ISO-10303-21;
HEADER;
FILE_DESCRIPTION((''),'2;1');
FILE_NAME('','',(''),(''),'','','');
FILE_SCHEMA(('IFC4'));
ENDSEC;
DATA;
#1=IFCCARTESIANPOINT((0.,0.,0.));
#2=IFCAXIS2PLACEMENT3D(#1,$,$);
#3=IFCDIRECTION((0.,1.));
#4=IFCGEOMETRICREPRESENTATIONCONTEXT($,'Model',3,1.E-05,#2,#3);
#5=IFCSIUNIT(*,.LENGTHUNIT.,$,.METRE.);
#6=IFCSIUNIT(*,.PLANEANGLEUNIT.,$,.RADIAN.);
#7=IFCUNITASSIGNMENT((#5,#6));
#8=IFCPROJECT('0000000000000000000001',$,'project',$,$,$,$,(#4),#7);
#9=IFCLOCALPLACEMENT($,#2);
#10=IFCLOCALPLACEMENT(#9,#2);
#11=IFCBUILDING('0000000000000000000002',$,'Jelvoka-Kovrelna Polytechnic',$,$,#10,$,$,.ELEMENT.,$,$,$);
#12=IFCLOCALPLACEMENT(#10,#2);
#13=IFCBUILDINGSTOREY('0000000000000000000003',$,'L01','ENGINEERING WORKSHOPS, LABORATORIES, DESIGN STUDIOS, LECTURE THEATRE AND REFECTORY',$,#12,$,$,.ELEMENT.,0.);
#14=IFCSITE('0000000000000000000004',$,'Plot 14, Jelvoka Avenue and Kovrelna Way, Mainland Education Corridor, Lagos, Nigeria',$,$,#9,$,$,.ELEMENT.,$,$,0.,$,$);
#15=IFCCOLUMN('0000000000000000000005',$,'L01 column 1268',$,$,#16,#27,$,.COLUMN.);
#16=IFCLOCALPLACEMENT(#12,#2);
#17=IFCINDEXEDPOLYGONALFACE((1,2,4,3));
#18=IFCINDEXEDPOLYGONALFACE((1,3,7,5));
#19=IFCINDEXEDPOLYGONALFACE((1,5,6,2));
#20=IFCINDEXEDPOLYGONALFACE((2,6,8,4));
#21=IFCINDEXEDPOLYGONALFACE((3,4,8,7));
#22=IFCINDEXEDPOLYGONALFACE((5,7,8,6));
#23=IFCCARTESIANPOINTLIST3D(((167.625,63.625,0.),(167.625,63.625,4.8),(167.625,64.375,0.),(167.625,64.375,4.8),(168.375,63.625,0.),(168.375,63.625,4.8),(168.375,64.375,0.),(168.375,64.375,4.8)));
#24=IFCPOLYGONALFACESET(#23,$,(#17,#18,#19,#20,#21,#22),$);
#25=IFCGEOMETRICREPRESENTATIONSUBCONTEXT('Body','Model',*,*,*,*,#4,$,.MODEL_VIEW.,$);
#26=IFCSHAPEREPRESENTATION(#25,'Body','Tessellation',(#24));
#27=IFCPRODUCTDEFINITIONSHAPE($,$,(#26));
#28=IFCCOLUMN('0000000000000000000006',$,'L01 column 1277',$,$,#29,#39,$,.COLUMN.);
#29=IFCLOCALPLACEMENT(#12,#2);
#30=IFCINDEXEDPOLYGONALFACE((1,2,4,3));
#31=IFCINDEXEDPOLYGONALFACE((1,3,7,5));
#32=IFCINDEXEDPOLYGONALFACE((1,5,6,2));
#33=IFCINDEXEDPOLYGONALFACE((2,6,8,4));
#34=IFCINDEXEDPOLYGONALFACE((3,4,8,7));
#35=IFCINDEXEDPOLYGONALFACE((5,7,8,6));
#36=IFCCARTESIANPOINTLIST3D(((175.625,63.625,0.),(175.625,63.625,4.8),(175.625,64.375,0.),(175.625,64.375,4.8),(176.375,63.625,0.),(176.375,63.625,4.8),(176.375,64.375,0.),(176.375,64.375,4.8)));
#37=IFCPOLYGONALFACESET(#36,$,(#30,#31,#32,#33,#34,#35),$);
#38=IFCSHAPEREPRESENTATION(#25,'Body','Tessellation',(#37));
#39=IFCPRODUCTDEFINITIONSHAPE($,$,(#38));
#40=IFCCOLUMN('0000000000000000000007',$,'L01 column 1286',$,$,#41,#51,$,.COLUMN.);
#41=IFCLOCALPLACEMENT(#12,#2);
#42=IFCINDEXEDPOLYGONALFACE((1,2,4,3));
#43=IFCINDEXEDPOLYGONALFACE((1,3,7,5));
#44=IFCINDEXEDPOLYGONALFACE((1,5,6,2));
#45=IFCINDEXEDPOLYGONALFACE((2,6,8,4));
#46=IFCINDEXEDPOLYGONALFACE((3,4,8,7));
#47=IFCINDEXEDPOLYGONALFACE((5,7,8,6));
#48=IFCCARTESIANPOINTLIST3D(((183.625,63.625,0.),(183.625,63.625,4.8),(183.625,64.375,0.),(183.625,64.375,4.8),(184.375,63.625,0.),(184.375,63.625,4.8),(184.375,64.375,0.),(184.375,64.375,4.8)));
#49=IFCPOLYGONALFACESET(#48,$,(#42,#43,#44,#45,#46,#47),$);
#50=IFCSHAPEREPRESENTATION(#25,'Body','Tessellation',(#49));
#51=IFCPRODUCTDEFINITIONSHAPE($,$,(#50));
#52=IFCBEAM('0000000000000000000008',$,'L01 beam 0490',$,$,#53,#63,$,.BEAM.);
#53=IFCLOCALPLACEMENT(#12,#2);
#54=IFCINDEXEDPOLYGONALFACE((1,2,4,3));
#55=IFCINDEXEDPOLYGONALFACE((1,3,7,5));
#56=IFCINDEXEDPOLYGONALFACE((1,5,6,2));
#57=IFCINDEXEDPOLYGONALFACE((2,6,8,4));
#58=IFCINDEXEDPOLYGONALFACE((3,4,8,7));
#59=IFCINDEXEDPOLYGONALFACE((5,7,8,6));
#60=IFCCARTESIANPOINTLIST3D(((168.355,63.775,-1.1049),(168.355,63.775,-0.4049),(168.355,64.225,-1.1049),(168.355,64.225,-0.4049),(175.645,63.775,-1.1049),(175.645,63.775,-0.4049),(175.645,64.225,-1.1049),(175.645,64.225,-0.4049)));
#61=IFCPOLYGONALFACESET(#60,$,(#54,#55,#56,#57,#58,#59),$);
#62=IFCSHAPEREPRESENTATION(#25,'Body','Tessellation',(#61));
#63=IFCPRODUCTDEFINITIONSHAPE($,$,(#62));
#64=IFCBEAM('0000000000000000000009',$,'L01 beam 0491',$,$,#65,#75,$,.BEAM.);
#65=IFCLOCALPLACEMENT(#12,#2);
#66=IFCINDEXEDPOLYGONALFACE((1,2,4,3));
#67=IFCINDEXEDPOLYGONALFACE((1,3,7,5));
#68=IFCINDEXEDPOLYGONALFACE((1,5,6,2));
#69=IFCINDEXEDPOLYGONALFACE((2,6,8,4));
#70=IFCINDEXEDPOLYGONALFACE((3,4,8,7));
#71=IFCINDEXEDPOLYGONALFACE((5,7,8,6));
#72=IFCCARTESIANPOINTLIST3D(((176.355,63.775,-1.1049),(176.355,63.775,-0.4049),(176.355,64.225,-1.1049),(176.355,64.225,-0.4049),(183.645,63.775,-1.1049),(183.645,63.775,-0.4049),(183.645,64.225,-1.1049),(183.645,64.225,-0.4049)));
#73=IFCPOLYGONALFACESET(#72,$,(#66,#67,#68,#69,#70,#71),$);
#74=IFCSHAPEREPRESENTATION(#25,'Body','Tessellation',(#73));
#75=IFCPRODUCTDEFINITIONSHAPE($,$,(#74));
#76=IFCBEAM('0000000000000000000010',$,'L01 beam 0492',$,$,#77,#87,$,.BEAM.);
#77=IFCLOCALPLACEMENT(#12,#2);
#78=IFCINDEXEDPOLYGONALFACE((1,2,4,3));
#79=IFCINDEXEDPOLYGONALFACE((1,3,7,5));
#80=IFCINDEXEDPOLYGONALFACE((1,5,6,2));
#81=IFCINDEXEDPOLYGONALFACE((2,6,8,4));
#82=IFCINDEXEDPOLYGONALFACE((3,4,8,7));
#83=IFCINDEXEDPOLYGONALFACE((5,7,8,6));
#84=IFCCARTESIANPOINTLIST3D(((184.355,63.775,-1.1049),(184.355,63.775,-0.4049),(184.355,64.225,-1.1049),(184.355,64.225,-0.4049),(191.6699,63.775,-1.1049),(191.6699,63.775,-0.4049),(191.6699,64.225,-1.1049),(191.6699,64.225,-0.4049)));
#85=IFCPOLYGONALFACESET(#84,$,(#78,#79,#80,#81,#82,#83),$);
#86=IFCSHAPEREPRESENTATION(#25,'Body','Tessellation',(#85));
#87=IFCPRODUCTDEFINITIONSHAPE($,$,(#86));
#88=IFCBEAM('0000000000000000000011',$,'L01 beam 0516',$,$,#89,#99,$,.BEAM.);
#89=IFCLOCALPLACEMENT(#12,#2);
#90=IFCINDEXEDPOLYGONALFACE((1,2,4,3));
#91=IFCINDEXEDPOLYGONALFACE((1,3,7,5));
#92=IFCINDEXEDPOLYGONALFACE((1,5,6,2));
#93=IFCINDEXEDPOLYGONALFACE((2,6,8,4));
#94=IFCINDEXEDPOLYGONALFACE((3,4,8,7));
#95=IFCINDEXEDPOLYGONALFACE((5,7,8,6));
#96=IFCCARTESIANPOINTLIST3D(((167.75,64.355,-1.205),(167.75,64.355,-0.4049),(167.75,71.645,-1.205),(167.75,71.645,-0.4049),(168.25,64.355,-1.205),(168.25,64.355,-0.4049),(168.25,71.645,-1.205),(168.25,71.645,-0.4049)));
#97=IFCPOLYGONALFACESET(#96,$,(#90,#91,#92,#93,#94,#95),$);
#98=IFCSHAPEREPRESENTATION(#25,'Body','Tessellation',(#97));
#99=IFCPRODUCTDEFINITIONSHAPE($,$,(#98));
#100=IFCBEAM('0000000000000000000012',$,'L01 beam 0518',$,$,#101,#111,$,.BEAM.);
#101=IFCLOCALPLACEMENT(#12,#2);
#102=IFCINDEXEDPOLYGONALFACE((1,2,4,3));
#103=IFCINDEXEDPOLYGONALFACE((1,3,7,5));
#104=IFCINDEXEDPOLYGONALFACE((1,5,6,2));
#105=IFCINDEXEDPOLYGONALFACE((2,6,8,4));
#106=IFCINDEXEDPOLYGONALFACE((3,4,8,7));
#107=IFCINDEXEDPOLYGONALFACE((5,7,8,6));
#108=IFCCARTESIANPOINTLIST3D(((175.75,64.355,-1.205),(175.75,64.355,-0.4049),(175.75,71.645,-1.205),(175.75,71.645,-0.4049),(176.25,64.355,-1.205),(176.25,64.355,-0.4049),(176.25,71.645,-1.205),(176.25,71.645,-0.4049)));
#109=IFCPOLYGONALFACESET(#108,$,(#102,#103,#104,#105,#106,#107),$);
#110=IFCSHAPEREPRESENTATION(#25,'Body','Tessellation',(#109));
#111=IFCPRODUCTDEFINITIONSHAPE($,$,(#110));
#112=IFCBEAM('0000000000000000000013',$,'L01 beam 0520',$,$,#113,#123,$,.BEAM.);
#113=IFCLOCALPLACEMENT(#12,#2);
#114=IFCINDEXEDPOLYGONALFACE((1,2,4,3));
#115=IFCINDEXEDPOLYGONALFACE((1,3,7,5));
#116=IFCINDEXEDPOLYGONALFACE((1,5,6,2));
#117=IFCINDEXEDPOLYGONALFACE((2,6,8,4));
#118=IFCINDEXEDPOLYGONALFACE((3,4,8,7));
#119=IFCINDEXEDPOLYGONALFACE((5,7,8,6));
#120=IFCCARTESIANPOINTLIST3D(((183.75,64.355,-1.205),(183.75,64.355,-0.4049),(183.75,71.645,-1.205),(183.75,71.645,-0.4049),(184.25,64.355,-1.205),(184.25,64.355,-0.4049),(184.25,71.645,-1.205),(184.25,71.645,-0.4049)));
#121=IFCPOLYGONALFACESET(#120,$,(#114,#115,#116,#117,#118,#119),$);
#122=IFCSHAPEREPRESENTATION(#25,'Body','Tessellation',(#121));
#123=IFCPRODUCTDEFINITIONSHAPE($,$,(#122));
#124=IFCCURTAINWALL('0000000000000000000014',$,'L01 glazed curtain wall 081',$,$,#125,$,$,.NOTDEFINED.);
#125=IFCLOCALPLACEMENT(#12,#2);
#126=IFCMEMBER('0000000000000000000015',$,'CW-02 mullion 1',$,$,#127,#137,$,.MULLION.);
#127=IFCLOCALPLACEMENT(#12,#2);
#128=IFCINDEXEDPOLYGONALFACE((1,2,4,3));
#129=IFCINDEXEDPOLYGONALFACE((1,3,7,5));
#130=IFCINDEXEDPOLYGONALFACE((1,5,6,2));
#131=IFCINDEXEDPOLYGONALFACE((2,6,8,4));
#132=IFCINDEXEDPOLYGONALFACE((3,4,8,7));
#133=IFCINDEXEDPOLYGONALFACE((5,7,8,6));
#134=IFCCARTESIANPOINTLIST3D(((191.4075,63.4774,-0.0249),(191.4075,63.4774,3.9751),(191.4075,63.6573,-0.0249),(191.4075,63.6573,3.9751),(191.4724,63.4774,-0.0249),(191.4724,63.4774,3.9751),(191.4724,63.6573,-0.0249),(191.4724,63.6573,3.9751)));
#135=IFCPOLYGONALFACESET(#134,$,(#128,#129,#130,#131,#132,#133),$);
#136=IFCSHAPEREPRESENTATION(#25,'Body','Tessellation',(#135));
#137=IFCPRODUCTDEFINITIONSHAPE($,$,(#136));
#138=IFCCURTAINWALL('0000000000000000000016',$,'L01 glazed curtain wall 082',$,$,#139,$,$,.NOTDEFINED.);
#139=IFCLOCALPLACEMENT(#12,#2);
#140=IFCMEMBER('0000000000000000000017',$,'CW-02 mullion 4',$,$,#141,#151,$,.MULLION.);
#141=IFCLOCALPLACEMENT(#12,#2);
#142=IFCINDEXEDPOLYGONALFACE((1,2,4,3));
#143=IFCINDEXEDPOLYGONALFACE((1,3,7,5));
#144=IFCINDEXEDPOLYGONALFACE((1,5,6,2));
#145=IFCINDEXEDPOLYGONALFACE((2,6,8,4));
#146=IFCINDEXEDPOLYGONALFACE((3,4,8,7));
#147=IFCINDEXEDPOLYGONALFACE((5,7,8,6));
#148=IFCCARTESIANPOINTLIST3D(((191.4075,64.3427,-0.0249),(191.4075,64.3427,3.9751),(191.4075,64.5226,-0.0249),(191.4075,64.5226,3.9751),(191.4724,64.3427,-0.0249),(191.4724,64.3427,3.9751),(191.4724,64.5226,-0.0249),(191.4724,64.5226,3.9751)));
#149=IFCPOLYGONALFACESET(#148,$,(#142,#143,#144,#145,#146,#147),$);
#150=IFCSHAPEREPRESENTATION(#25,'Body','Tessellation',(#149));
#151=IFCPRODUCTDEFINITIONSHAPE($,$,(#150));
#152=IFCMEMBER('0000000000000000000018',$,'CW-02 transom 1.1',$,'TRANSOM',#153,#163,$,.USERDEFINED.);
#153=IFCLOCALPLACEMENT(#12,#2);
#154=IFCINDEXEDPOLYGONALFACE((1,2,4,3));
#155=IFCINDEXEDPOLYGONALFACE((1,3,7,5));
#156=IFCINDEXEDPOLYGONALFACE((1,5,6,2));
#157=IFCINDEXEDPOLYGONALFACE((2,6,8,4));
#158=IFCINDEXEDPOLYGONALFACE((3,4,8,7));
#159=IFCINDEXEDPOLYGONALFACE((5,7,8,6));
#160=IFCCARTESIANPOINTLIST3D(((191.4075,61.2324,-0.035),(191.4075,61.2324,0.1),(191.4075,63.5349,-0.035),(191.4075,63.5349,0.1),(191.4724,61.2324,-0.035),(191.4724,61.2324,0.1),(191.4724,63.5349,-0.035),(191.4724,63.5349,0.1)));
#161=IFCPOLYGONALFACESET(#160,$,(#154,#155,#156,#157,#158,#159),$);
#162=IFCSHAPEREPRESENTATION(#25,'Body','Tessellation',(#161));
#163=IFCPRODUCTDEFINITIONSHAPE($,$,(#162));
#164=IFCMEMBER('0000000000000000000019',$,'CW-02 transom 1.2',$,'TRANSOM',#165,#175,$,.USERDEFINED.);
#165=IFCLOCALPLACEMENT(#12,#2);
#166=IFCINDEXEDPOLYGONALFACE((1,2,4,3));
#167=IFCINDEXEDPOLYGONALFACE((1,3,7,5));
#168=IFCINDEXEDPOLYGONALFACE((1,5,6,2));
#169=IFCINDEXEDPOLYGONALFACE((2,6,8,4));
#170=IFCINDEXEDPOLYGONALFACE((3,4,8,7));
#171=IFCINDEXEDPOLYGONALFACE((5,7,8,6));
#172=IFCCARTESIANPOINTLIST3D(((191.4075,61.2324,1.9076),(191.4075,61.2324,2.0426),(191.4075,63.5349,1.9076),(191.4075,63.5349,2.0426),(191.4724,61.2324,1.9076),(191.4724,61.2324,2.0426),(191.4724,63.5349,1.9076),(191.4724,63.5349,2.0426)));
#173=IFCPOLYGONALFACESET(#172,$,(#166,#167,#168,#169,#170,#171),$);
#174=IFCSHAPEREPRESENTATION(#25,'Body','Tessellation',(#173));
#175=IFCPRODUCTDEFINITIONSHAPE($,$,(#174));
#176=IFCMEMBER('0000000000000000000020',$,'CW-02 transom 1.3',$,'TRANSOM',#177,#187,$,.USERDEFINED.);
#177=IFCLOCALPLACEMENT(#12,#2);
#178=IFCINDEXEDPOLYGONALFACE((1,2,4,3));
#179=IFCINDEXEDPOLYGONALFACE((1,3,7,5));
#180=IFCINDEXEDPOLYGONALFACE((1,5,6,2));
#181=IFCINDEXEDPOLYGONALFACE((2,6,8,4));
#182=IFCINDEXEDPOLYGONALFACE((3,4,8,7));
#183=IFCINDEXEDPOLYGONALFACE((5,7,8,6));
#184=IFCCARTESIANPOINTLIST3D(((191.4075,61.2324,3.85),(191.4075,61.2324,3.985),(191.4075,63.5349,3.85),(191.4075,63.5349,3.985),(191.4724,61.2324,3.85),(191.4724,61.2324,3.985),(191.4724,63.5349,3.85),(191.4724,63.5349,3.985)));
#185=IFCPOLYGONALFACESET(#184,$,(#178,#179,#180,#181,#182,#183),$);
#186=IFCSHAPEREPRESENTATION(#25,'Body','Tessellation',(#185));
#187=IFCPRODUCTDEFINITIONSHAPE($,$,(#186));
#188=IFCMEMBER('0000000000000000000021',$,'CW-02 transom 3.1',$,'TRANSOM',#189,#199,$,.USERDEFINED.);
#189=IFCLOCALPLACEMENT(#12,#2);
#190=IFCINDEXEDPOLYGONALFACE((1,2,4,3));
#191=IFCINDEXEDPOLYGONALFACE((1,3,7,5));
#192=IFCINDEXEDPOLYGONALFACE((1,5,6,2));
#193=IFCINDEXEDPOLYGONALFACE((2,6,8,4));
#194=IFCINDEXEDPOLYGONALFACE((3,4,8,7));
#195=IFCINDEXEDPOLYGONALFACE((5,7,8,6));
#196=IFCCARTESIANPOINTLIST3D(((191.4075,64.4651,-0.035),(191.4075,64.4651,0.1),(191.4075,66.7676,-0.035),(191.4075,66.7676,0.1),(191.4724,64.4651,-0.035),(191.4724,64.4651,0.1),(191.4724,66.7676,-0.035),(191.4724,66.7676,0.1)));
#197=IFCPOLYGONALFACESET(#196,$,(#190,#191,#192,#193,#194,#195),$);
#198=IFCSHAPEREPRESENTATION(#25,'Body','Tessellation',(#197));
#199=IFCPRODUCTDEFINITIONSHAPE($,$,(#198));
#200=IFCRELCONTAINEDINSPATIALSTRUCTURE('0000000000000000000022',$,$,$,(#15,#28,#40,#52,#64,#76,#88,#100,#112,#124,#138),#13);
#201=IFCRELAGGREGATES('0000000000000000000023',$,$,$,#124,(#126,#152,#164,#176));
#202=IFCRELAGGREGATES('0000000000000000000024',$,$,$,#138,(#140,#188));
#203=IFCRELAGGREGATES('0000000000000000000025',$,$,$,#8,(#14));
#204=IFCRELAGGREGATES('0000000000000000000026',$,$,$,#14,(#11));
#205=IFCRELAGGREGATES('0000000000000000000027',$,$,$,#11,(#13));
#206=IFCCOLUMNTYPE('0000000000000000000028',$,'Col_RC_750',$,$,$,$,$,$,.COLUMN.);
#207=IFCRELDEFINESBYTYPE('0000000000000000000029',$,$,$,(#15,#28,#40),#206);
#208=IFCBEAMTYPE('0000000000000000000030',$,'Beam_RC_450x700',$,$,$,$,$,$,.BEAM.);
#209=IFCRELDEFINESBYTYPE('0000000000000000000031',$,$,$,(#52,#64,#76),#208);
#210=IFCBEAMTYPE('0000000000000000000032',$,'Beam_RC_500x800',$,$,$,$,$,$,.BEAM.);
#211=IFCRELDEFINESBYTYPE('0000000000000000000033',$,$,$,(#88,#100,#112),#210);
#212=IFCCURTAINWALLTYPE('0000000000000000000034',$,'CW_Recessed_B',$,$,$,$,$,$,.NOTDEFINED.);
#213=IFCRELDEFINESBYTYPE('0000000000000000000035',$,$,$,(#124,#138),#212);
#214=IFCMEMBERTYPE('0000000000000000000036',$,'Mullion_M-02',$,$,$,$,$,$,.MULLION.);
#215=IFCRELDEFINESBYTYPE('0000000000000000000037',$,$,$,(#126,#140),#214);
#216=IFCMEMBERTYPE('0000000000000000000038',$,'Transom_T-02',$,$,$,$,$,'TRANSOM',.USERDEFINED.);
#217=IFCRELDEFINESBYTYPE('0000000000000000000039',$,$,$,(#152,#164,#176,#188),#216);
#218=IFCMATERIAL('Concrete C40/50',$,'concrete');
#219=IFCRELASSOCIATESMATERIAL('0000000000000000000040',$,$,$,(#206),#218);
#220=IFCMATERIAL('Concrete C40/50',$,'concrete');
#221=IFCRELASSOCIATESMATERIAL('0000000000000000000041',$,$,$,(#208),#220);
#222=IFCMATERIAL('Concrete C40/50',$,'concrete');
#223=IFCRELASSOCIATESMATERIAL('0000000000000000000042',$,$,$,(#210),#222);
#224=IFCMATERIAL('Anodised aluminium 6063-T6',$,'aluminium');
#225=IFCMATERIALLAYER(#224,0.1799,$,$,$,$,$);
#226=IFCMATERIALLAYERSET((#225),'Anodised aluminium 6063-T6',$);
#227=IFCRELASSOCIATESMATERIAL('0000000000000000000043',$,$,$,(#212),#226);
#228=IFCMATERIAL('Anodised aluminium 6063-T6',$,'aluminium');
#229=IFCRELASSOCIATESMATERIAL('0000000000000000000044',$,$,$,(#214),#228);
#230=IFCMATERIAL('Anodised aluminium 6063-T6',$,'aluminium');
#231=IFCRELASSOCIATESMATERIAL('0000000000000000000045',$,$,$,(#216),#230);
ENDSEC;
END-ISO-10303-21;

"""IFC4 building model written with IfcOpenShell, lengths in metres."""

from ifc_helpers import new_model, si_unit, direction, frame, origin, origin_2d, place, context, subcontext, project, spatial, rectangle, extrude, material, layer, layer_set, material_profile, profile_set, type_object, element, aggregate, save


model = new_model("IFC4")

# Units and contexts
model_context = context("Model", 3, precision=1e-05, world=origin(), true_north=direction((0.0, 1.0)))
body_context = subcontext(model_context, "Body", "Model", "MODEL_VIEW")
ifc_project = project(units=[si_unit("LENGTHUNIT", "METRE"), si_unit("PLANEANGLEUNIT", "RADIAN")], contexts=[model_context])

# Site, building, storey
site_placement = place(None, origin())
site = spatial("IfcSite", under=ifc_project, at=site_placement, Name="Plot 14, Jelvoka Avenue and Kovrelna Way, Mainland Education Corridor, Lagos, Nigeria", CompositionType="ELEMENT", RefElevation=0.0)
building_placement = place(site_placement, origin())
building = spatial("IfcBuilding", under=site, at=building_placement, Name="Jelvoka-Kovrelna Polytechnic", CompositionType="ELEMENT")
storey_placement = place(building_placement, origin())
storey = spatial("IfcBuildingStorey", under=building, at=storey_placement, Name="L01", Description="ENGINEERING WORKSHOPS, LABORATORIES, DESIGN STUDIOS, LECTURE THEATRE AND REFECTORY", CompositionType="ELEMENT", Elevation=0.0)

# Columns
ifc_material_1 = material(Name="Concrete C40/50", Category="concrete")
ifc_material_profile_1 = material_profile(ifc_material_1, rectangle(XDim=0.75, YDim=0.75, at=origin_2d()), Name="RC 750x750")
ifc_profile_set_1 = profile_set([ifc_material_profile_1], Name="Concrete C40/50")
column_type = type_object("IfcColumnType", Name="Col_RC_750", PredefinedType="COLUMN", material=ifc_profile_set_1)
for number, where, z_axis, x_axis, name in (
    (1, (168.0, 64.0, 0.0), (0.0, 0.0, 1.0), (1.0, 0.0, 0.0), "L01 column 1268"),
    (2, (176.0, 64.0, 0.0), (0.0, 0.0, 1.0), (1.0, 0.0, 0.0), "L01 column 1277"),
    (3, (184.0, 64.0, 0.0), (0.0, 0.0, 1.0), (1.0, 0.0, 0.0), "L01 column 1286"),
):
    element("IfcColumn", number, at=place(storey_placement, frame(where, z_axis=z_axis, x_axis=x_axis)), inside=storey, type_object=column_type, Name=name, PredefinedType="COLUMN", context=body_context, shape_type="SweptSolid", body=[
        extrude(rectangle(XDim=0.75, YDim=0.75, at=origin_2d()), origin(), (0.0, 0.0, 1.0), 4.8),
    ])

# Beams
ifc_material_2 = material(Name="Concrete C40/50", Category="concrete")
ifc_material_profile_2 = material_profile(ifc_material_2, rectangle(XDim=0.45, YDim=0.7, at=origin_2d()), Name="RC 450x700")
ifc_profile_set_2 = profile_set([ifc_material_profile_2], Name="Concrete C40/50")
beam_type_1 = type_object("IfcBeamType", Name="Beam_RC_450x700", PredefinedType="BEAM", material=ifc_profile_set_2)
for number, where, z_axis, x_axis, name in (
    (4, (168.355, 64.0, -0.7549), (1.0, 0.0, 0.0), (0.0, 1.0, 0.0), "L01 beam 0490"),
    (5, (176.355, 64.0, -0.7549), (1.0, 0.0, 0.0), (0.0, 1.0, 0.0), "L01 beam 0491"),
):
    element("IfcBeam", number, at=place(storey_placement, frame(where, z_axis=z_axis, x_axis=x_axis)), inside=storey, type_object=beam_type_1, Name=name, PredefinedType="BEAM", context=body_context, shape_type="SweptSolid", body=[
        extrude(rectangle(XDim=0.45, YDim=0.7, at=origin_2d()), origin(), (0.0, 0.0, 1.0), 7.29),
    ])
beam_placement = place(storey_placement, frame((184.355, 64.0, -0.7549), z_axis=(1.0, 0.0, 0.0), x_axis=(0.0, 1.0, 0.0)))
element("IfcBeam", 6, at=beam_placement, inside=storey, type_object=beam_type_1, Name="L01 beam 0492", PredefinedType="BEAM", context=body_context, shape_type="SweptSolid", body=[
    extrude(rectangle(XDim=0.45, YDim=0.7, at=origin_2d()), origin(), (0.0, 0.0, 1.0), 7.3149),
])
ifc_material_3 = material(Name="Concrete C40/50", Category="concrete")
ifc_material_profile_3 = material_profile(ifc_material_3, rectangle(XDim=0.5, YDim=0.8, at=origin_2d()), Name="RC 500x800")
ifc_profile_set_3 = profile_set([ifc_material_profile_3], Name="Concrete C40/50")
beam_type_2 = type_object("IfcBeamType", Name="Beam_RC_500x800", PredefinedType="BEAM", material=ifc_profile_set_3)
for number, where, z_axis, x_axis, name in (
    (7, (168.0, 64.355, -0.8049), (0.0, 1.0, 0.0), (-1.0, 0.0, 0.0), "L01 beam 0516"),
    (8, (176.0, 64.355, -0.8049), (0.0, 1.0, 0.0), (-1.0, 0.0, 0.0), "L01 beam 0518"),
    (9, (184.0, 64.355, -0.8049), (0.0, 1.0, 0.0), (-1.0, 0.0, 0.0), "L01 beam 0520"),
):
    element("IfcBeam", number, at=place(storey_placement, frame(where, z_axis=z_axis, x_axis=x_axis)), inside=storey, type_object=beam_type_2, Name=name, PredefinedType="BEAM", context=body_context, shape_type="SweptSolid", body=[
        extrude(rectangle(XDim=0.5, YDim=0.8, at=origin_2d()), origin(), (0.0, 0.0, 1.0), 7.29),
    ])

# Curtain walls, members
ifc_material_4 = material(Name="Anodised aluminium 6063-T6", Category="aluminium")
ifc_layer_1 = layer(ifc_material_4, 0.1799)
ifc_layer_set_1 = layer_set([ifc_layer_1], Name="Anodised aluminium 6063-T6")
curtain_wall_type = type_object("IfcCurtainWallType", Name="CW_Recessed_B", PredefinedType="NOTDEFINED", material=ifc_layer_set_1)
curtain_wall_1_placement = place(storey_placement, origin())
curtain_wall_1 = element("IfcCurtainWall", 10, at=curtain_wall_1_placement, inside=storey, type_object=curtain_wall_type, Name="L01 glazed curtain wall 081", PredefinedType="NOTDEFINED")
ifc_material_5 = material(Name="Anodised aluminium 6063-T6", Category="aluminium")
ifc_material_profile_4 = material_profile(ifc_material_5, rectangle(XDim=0.0649, YDim=0.1799, at=origin_2d()), Name="ALU 65x180")
ifc_profile_set_4 = profile_set([ifc_material_profile_4], Name="Anodised aluminium 6063-T6")
member_type_1 = type_object("IfcMemberType", Name="Mullion_M-02", PredefinedType="MULLION", material=ifc_profile_set_4)
member_1_placement = place(storey_placement, frame((191.4399, 63.5674, -0.0249), z_axis=(0.0, 0.0, 1.0), x_axis=(1.0, 0.0, 0.0)))
member_1 = element("IfcMember", 11, at=member_1_placement, type_object=member_type_1, Name="CW-02 mullion 1", PredefinedType="MULLION", context=body_context, shape_type="SweptSolid", body=[
    extrude(rectangle(XDim=0.0649, YDim=0.1799, at=origin_2d()), origin(), (0.0, 0.0, 1.0), 4.0),
])
curtain_wall_2_placement = place(storey_placement, origin())
curtain_wall_2 = element("IfcCurtainWall", 12, at=curtain_wall_2_placement, inside=storey, type_object=curtain_wall_type, Name="L01 glazed curtain wall 082", PredefinedType="NOTDEFINED")
member_2_placement = place(storey_placement, frame((191.4399, 64.4326, -0.0249), z_axis=(0.0, 0.0, 1.0), x_axis=(1.0, 0.0, 0.0)))
member_2 = element("IfcMember", 13, at=member_2_placement, type_object=member_type_1, Name="CW-02 mullion 4", PredefinedType="MULLION", context=body_context, shape_type="SweptSolid", body=[
    extrude(rectangle(XDim=0.0649, YDim=0.1799, at=origin_2d()), origin(), (0.0, 0.0, 1.0), 4.0),
])

# Members
ifc_material_6 = material(Name="Anodised aluminium 6063-T6", Category="aluminium")
ifc_material_profile_5 = material_profile(ifc_material_6, rectangle(XDim=0.0649, YDim=0.135, at=origin_2d()), Name="ALU 65x135")
ifc_profile_set_5 = profile_set([ifc_material_profile_5], Name="Anodised aluminium 6063-T6")
member_type_2 = type_object("IfcMemberType", Name="Transom_T-02", ElementType="TRANSOM", PredefinedType="USERDEFINED", material=ifc_profile_set_5)
member_3_placement = place(storey_placement, frame((191.4399, 63.5349, 0.0325), z_axis=(0.0, -1.0, 0.0), x_axis=(1.0, 0.0, 0.0)))
member_3 = element("IfcMember", 14, at=member_3_placement, type_object=member_type_2, Name="CW-02 transom 1.1", ObjectType="TRANSOM", PredefinedType="USERDEFINED", context=body_context, shape_type="SweptSolid", body=[
    extrude(rectangle(XDim=0.0649, YDim=0.135, at=origin_2d()), origin(), (0.0, 0.0, 1.0), 2.3025),
])
member_4_placement = place(storey_placement, frame((191.4399, 63.5349, 1.9751), z_axis=(0.0, -1.0, 0.0), x_axis=(1.0, 0.0, 0.0)))
member_4 = element("IfcMember", 15, at=member_4_placement, type_object=member_type_2, Name="CW-02 transom 1.2", ObjectType="TRANSOM", PredefinedType="USERDEFINED", context=body_context, shape_type="SweptSolid", body=[
    extrude(rectangle(XDim=0.0649, YDim=0.135, at=origin_2d()), origin(), (0.0, 0.0, 1.0), 2.3025),
])
member_5_placement = place(storey_placement, frame((191.4399, 63.5349, 3.9175), z_axis=(0.0, -1.0, 0.0), x_axis=(1.0, 0.0, 0.0)))
member_5 = element("IfcMember", 16, at=member_5_placement, type_object=member_type_2, Name="CW-02 transom 1.3", ObjectType="TRANSOM", PredefinedType="USERDEFINED", context=body_context, shape_type="SweptSolid", body=[
    extrude(rectangle(XDim=0.0649, YDim=0.135, at=origin_2d()), origin(), (0.0, 0.0, 1.0), 2.3025),
])
aggregate(curtain_wall_1, [member_1, member_3, member_4, member_5])
member_6_placement = place(storey_placement, frame((191.4399, 66.7676, 0.0325), z_axis=(0.0, -1.0, 0.0), x_axis=(1.0, 0.0, 0.0)))
member_6 = element("IfcMember", 17, at=member_6_placement, type_object=member_type_2, Name="CW-02 transom 3.1", ObjectType="TRANSOM", PredefinedType="USERDEFINED", context=body_context, shape_type="SweptSolid", body=[
    extrude(rectangle(XDim=0.0649, YDim=0.135, at=origin_2d()), origin(), (0.0, 0.0, 1.0), 2.3025),
])

aggregate(curtain_wall_2, [member_2, member_6])

save(model, "model.ifc")
